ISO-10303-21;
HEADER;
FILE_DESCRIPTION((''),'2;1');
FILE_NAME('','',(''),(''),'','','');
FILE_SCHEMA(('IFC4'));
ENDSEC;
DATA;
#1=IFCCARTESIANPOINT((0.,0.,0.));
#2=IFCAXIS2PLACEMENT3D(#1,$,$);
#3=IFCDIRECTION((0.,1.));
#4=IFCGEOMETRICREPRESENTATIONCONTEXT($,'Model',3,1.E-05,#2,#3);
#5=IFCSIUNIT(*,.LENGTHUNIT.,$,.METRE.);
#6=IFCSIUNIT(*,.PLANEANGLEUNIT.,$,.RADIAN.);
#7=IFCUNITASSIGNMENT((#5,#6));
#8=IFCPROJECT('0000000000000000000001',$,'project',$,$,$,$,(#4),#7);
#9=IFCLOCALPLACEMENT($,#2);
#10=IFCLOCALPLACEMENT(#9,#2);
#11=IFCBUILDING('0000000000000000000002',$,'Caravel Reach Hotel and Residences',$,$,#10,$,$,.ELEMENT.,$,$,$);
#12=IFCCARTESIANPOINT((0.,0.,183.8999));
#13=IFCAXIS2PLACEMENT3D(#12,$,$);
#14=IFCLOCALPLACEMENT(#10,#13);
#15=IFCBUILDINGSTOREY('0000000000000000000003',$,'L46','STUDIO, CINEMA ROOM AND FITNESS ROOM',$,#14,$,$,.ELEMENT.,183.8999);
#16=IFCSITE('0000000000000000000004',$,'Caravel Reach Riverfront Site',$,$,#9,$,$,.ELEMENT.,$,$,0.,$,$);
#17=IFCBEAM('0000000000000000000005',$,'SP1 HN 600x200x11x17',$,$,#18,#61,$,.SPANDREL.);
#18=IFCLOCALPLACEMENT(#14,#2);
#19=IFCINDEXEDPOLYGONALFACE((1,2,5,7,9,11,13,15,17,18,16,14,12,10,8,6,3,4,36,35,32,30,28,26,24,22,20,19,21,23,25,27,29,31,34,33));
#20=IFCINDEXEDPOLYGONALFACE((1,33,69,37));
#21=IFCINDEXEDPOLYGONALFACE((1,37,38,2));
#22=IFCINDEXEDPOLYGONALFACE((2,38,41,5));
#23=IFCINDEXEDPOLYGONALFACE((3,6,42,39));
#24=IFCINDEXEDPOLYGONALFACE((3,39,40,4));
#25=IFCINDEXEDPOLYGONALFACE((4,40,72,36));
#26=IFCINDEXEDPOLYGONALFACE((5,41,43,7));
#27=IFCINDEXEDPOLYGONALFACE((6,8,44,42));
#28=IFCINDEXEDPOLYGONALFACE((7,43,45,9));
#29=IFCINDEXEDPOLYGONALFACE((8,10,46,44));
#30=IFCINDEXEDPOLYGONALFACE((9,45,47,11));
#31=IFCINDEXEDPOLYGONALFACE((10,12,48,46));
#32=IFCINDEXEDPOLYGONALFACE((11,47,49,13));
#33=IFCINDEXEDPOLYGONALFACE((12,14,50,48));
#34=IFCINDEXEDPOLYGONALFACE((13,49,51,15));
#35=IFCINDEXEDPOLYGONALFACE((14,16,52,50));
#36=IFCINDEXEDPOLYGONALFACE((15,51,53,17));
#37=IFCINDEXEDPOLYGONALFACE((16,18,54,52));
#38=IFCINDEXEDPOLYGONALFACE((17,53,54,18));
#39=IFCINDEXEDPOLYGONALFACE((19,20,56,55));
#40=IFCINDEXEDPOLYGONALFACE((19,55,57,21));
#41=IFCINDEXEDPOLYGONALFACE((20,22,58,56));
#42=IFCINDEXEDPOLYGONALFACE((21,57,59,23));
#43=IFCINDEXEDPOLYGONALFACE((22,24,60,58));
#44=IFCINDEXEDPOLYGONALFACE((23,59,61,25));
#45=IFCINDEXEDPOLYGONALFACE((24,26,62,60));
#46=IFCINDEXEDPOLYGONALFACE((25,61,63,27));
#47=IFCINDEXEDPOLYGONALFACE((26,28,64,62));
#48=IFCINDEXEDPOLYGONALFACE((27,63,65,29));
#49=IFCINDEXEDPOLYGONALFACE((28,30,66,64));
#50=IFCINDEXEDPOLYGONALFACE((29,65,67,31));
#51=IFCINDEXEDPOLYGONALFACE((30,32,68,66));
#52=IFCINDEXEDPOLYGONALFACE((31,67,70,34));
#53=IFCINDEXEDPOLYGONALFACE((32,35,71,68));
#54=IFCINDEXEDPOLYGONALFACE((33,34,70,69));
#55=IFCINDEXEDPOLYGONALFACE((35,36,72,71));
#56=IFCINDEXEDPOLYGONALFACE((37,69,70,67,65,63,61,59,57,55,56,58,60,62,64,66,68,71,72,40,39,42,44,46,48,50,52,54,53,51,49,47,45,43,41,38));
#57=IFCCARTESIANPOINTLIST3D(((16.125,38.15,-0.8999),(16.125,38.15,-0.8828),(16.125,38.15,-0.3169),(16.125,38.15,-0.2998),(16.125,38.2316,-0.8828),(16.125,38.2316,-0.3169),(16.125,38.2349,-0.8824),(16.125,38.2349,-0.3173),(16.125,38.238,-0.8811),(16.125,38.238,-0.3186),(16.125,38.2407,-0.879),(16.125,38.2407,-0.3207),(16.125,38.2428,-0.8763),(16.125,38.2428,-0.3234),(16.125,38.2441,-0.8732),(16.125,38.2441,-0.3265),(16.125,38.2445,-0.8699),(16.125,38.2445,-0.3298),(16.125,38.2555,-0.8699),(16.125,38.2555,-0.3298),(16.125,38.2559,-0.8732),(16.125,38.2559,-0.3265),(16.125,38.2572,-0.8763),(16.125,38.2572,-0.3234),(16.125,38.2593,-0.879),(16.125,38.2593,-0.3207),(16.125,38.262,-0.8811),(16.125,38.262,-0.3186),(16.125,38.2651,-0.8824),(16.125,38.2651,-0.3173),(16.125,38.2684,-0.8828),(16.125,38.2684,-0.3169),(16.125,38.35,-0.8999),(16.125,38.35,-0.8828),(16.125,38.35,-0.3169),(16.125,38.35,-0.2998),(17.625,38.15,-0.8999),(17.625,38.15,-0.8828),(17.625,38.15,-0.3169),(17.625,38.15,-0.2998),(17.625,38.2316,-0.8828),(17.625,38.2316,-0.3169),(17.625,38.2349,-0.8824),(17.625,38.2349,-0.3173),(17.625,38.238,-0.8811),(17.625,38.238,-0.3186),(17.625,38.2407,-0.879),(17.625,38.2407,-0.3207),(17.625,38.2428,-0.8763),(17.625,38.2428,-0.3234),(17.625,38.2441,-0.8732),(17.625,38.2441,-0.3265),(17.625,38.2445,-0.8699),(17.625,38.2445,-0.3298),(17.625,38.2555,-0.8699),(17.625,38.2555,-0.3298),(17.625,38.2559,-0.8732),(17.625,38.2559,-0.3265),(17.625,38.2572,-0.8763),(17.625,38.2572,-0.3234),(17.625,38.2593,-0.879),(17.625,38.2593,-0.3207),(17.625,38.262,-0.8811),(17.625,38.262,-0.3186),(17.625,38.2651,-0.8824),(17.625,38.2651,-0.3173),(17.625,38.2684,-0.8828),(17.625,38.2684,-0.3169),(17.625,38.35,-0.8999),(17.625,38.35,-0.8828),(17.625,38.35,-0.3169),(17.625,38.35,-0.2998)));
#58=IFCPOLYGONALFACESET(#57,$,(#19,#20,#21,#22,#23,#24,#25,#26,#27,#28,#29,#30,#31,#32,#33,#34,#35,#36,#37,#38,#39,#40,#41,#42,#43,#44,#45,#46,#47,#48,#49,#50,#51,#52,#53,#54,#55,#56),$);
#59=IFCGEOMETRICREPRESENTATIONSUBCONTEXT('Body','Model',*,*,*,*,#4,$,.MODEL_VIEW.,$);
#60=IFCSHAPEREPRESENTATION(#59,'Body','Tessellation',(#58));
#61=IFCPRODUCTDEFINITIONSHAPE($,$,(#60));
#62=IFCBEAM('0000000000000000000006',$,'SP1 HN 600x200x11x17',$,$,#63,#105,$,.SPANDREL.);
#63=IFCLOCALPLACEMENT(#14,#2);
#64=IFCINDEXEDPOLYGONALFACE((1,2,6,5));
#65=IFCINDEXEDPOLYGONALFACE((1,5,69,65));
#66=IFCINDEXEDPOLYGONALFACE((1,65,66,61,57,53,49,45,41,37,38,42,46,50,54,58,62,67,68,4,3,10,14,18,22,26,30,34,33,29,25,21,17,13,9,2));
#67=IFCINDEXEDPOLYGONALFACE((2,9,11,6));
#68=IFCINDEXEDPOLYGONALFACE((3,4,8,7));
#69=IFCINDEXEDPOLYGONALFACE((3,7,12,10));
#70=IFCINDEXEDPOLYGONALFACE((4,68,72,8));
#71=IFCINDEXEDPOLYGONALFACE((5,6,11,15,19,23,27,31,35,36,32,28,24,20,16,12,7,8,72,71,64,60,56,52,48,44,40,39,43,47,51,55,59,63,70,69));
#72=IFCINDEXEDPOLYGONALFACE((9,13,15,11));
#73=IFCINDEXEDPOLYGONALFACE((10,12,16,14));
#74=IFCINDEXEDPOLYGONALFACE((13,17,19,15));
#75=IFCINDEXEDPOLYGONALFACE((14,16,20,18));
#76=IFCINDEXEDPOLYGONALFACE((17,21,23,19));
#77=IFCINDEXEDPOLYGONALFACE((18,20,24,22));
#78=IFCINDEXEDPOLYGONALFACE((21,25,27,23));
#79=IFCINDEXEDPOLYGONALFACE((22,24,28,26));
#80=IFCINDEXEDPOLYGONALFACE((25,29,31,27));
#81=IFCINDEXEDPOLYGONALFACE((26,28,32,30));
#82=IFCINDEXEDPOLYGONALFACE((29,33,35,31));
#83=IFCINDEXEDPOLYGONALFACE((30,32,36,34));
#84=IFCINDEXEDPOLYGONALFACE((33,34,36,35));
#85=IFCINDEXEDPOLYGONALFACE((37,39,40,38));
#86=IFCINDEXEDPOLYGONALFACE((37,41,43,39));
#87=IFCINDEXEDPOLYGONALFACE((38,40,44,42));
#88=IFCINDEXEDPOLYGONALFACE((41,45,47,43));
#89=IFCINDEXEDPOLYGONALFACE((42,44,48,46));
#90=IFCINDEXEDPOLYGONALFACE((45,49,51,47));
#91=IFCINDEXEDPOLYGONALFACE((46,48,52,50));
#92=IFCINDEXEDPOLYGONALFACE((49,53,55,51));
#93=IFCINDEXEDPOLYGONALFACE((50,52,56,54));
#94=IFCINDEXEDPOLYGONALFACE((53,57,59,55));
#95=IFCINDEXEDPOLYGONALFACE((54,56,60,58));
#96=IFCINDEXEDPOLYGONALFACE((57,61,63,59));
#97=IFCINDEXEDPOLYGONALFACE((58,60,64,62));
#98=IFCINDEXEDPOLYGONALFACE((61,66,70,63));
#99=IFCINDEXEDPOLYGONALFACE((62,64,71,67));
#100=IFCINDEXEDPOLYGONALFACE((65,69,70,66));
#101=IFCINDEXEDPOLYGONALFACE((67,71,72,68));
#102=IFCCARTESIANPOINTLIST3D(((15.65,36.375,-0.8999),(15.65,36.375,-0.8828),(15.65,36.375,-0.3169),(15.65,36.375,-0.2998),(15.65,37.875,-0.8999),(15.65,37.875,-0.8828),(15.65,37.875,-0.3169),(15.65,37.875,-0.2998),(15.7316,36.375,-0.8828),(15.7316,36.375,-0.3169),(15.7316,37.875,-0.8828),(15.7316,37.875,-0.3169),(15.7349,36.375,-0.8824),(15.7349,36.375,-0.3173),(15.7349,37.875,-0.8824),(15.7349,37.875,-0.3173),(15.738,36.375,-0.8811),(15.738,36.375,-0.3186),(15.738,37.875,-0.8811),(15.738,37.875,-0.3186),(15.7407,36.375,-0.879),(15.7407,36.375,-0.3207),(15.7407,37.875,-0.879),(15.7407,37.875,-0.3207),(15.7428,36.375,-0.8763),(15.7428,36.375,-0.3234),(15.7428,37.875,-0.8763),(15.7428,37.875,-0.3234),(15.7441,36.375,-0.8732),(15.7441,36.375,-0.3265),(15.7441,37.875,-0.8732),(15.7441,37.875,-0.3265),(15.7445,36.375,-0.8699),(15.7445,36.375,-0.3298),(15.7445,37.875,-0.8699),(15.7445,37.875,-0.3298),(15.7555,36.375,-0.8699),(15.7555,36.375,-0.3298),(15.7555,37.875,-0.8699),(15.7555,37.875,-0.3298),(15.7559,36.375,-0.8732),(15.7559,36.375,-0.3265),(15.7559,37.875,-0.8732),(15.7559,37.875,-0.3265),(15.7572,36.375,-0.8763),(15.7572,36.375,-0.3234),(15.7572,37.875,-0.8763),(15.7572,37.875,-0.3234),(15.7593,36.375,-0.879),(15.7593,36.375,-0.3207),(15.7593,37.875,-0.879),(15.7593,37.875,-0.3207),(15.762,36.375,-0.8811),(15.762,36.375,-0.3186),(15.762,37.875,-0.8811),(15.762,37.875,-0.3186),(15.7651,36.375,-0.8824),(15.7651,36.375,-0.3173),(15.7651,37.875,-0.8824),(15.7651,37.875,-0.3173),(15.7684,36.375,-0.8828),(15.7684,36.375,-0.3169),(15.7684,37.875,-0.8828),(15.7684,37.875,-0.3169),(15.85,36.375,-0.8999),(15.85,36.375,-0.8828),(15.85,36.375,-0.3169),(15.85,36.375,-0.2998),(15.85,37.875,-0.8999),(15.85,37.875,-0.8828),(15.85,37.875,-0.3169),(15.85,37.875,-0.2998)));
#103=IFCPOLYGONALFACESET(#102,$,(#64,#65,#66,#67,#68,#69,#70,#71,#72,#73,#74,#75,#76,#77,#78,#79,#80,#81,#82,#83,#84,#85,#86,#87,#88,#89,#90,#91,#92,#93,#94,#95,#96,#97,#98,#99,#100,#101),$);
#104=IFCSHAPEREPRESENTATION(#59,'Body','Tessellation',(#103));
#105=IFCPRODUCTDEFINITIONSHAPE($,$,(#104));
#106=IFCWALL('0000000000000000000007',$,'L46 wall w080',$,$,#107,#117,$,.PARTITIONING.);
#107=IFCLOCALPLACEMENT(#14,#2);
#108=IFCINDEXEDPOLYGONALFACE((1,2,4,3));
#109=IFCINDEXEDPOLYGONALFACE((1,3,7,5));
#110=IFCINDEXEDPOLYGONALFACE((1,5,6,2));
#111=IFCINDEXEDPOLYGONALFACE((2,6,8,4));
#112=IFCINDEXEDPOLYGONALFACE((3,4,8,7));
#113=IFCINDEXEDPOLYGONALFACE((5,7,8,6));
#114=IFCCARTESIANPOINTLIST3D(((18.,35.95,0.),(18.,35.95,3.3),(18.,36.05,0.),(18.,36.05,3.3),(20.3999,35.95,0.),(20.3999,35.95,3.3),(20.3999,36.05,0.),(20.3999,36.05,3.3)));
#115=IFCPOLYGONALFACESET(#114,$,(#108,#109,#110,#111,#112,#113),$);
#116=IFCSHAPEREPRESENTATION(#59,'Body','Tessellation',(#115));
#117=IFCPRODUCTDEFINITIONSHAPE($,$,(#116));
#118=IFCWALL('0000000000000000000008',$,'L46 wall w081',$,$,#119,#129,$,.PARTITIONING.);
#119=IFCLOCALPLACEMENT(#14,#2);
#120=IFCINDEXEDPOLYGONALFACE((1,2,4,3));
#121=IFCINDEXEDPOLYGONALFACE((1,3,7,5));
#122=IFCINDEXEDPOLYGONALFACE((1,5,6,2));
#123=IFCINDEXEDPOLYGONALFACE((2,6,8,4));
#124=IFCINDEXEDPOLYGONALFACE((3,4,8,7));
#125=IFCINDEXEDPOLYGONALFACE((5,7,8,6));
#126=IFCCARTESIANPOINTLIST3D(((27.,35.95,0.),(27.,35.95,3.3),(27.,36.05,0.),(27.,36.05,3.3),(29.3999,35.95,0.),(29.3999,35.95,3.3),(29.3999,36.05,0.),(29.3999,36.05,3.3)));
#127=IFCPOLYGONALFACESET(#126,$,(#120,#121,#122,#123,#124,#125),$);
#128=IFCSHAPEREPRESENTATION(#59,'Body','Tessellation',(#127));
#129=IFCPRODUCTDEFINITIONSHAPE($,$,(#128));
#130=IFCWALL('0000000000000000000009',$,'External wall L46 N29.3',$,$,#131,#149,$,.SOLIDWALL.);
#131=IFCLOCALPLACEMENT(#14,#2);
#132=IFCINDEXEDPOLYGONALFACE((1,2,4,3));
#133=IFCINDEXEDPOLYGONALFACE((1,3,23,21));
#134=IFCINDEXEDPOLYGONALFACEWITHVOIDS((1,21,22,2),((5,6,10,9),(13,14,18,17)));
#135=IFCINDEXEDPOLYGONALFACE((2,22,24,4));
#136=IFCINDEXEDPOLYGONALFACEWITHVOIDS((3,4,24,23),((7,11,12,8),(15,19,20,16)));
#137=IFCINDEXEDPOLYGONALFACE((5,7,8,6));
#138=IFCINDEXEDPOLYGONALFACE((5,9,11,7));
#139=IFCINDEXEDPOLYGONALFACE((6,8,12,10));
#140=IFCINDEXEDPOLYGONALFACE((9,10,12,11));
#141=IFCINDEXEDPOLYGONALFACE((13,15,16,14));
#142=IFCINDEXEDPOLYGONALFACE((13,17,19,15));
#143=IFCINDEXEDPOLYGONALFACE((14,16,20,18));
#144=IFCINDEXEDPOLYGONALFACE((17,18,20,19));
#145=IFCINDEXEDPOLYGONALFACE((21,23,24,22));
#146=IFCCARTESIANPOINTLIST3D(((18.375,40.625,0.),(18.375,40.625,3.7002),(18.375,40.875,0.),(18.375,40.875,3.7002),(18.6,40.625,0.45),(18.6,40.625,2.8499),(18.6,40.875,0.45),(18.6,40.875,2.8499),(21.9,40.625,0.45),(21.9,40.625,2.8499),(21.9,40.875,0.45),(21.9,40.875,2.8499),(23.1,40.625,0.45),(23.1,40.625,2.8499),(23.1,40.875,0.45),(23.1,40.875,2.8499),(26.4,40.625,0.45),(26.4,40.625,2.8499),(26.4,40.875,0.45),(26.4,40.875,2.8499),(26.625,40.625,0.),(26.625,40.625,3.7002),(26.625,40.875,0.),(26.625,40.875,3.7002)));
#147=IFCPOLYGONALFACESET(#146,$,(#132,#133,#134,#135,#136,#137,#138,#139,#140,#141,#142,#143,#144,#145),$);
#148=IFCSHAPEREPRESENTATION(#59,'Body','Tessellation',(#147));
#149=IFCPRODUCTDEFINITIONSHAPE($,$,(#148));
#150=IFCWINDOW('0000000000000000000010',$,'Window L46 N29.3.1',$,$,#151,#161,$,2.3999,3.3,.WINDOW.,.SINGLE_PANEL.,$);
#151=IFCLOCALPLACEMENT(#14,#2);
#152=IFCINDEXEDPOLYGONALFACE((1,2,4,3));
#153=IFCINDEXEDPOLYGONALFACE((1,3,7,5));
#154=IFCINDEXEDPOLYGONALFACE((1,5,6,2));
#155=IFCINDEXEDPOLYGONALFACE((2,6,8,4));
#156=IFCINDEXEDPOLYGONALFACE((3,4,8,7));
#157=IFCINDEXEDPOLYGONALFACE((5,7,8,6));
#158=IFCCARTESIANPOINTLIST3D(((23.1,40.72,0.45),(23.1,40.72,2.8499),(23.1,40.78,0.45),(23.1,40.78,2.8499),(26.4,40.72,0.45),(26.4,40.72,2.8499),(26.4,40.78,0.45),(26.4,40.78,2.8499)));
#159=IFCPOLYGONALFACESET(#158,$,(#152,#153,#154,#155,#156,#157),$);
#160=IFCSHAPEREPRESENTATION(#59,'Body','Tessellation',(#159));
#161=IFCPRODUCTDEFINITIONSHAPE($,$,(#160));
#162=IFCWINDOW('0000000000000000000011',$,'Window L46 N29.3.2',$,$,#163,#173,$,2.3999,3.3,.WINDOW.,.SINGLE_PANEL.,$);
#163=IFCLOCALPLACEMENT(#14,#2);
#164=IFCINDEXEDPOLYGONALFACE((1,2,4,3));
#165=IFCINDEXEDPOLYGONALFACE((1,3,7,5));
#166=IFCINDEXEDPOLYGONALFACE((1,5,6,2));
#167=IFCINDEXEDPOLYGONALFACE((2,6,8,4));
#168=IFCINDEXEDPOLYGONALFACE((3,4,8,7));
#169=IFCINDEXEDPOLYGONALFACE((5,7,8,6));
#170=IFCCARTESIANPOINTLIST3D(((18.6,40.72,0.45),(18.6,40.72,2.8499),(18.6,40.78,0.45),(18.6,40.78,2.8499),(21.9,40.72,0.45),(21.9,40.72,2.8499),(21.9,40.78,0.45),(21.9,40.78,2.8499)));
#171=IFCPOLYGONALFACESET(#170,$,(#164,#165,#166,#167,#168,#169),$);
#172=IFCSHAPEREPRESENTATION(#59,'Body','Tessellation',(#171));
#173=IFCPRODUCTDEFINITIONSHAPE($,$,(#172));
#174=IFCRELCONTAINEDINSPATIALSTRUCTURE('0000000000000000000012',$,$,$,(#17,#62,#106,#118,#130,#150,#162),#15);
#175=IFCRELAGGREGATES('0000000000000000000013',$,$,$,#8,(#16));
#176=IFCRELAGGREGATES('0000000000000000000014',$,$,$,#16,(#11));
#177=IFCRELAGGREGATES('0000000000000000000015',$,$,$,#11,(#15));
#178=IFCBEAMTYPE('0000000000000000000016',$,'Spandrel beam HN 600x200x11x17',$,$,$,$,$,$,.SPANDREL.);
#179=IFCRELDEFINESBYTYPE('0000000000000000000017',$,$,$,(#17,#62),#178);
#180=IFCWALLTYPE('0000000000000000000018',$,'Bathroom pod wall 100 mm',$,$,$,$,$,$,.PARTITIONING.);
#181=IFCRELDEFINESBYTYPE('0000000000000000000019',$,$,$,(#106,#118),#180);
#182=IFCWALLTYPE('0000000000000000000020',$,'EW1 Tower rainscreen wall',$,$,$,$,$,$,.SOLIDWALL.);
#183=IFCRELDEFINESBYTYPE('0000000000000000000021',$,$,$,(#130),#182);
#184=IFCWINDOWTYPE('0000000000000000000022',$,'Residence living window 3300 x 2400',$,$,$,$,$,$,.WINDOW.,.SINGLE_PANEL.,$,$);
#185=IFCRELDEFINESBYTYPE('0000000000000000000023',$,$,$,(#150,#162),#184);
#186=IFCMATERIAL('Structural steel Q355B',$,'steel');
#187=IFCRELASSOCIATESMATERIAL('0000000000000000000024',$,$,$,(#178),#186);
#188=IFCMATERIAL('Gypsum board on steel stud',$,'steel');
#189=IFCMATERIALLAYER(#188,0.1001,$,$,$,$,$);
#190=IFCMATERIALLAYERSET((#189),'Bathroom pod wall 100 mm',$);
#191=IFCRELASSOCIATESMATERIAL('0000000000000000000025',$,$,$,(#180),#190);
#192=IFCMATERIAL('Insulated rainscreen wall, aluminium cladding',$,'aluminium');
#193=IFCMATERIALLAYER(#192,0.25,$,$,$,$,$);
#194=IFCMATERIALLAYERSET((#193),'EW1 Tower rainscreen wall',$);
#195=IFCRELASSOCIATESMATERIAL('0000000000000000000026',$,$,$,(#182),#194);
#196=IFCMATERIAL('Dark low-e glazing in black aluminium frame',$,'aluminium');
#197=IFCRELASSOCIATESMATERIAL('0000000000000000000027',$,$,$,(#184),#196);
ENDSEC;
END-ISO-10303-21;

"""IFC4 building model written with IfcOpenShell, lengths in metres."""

from ifc_helpers import new_model, si_unit, direction, frame, frame_2d, origin, origin_2d, place, context, subcontext, project, spatial, rectangle, i_section, extrude, material, layer, layer_set, material_profile, profile_set, type_object, element, fill, save


model = new_model("IFC4")

# Units and contexts
model_context = context("Model", 3, precision=1e-05, world=origin(), true_north=direction((0.0, 1.0)))
body_context = subcontext(model_context, "Body", "Model", "MODEL_VIEW")
ifc_project = project(units=[si_unit("LENGTHUNIT", "METRE"), si_unit("PLANEANGLEUNIT", "RADIAN")], contexts=[model_context])

# Site, building, storey
site_placement = place(None, origin())
site = spatial("IfcSite", under=ifc_project, at=site_placement, Name="Caravel Reach Riverfront Site", CompositionType="ELEMENT", RefElevation=0.0)
building_placement = place(site_placement, origin())
building = spatial("IfcBuilding", under=site, at=building_placement, Name="Caravel Reach Hotel and Residences", CompositionType="ELEMENT")
storey_placement = place(building_placement, frame((0.0, 0.0, 183.8999)))
storey = spatial("IfcBuildingStorey", under=building, at=storey_placement, Name="L46", Description="STUDIO, CINEMA ROOM AND FITNESS ROOM", CompositionType="ELEMENT", Elevation=183.8999)

# Beams
ifc_material_1 = material(Name="Structural steel Q355B", Category="steel")
ifc_material_profile_1 = material_profile(ifc_material_1, i_section(OverallWidth=0.2, OverallDepth=0.6001, WebThickness=0.011, FlangeThickness=0.0171, FilletRadius=0.0129, at=origin_2d()), Name="HN 600x200x11x17")
ifc_profile_set_1 = profile_set([ifc_material_profile_1], Name="Structural steel Q355B")
beam_type = type_object("IfcBeamType", Name="Spandrel beam HN 600x200x11x17", PredefinedType="SPANDREL", material=ifc_profile_set_1)
for number, where, z_axis, x_axis, name in (
    (1, (17.625, 38.25, -0.5999), (-1.0, 0.0, 0.0), (0.0, -1.0, 0.0), "SP1 HN 600x200x11x17"),
    (2, (15.75, 37.875, -0.5999), (0.0, -1.0, 0.0), (1.0, 0.0, 0.0), "SP1 HN 600x200x11x17"),
):
    element("IfcBeam", number, at=place(storey_placement, frame(where, z_axis=z_axis, x_axis=x_axis)), inside=storey, type_object=beam_type, Name=name, PredefinedType="SPANDREL", context=body_context, shape_type="SweptSolid", body=[
        extrude(i_section(OverallWidth=0.2, OverallDepth=0.6001, WebThickness=0.011, FlangeThickness=0.0171, FilletRadius=0.0129, at=origin_2d()), origin(), (0.0, 0.0, 1.0), 1.5),
    ])

# Walls
ifc_material_2 = material(Name="Gypsum board on steel stud", Category="steel")
ifc_layer_1 = layer(ifc_material_2, 0.1001)
ifc_layer_set_1 = layer_set([ifc_layer_1], Name="Bathroom pod wall 100 mm")
wall_type_1 = type_object("IfcWallType", Name="Bathroom pod wall 100 mm", PredefinedType="PARTITIONING", material=ifc_layer_set_1)
for number, where, z_axis, x_axis, name in (
    (3, (18.0, 36.0, 0.0), (0.0, 0.0, 1.0), (1.0, 0.0, 0.0), "L46 wall w080"),
    (4, (27.0, 36.0, 0.0), (0.0, 0.0, 1.0), (1.0, 0.0, 0.0), "L46 wall w081"),
):
    element("IfcWall", number, at=place(storey_placement, frame(where, z_axis=z_axis, x_axis=x_axis)), inside=storey, type_object=wall_type_1, Name=name, PredefinedType="PARTITIONING", context=body_context, shape_type="SweptSolid", body=[
        extrude(rectangle(XDim=2.3999, YDim=0.1001, at=frame_2d((1.2, 0.0))), origin(), (0.0, 0.0, 1.0), 3.3),
    ])

# Wall, openings, windows
ifc_material_3 = material(Name="Insulated rainscreen wall, aluminium cladding", Category="aluminium")
ifc_layer_2 = layer(ifc_material_3, 0.25)
ifc_layer_set_2 = layer_set([ifc_layer_2], Name="EW1 Tower rainscreen wall")
wall_type_2 = type_object("IfcWallType", Name="EW1 Tower rainscreen wall", PredefinedType="SOLIDWALL", material=ifc_layer_set_2)
wall_1_placement = place(storey_placement, frame((26.625, 40.75, 0.0), z_axis=(0.0, 0.0, 1.0), x_axis=(-1.0, 0.0, 0.0)))
wall_1 = element("IfcWall", 5, at=wall_1_placement, inside=storey, type_object=wall_type_2, Name="External wall L46 N29.3", PredefinedType="SOLIDWALL", context=body_context, shape_type="SweptSolid", body=[
    extrude(rectangle(XDim=8.25, YDim=0.25, at=frame_2d((4.125, 0.0))), origin(), (0.0, 0.0, 1.0), 3.7002),
])
opening_1_placement = place(wall_1_placement, frame((0.2251, 0.0, 0.45)))
opening_1 = element("IfcOpeningElement", 6, at=opening_1_placement, cuts=wall_1, PredefinedType="OPENING", context=body_context, shape_type="SweptSolid", body=[
    extrude(rectangle(XDim=3.3, YDim=2.3999, at=frame_2d((1.6499, 1.2))), frame((0.0, 0.135, 0.0), z_axis=(0.0, -1.0, 0.0), x_axis=(1.0, 0.0, 0.0)), (0.0, 0.0, 1.0), 0.27),
])
opening_2_placement = place(wall_1_placement, frame((4.7251, 0.0, 0.45)))
opening_2 = element("IfcOpeningElement", 7, at=opening_2_placement, cuts=wall_1, PredefinedType="OPENING", context=body_context, shape_type="SweptSolid", body=[
    extrude(rectangle(XDim=3.3, YDim=2.3999, at=frame_2d((1.6499, 1.2))), frame((0.0, 0.135, 0.0), z_axis=(0.0, -1.0, 0.0), x_axis=(1.0, 0.0, 0.0)), (0.0, 0.0, 1.0), 0.27),
])
ifc_material_4 = material(Name="Dark low-e glazing in black aluminium frame", Category="aluminium")
window_type_1 = type_object("IfcWindowType", Name="Residence living window 3300 x 2400", PartitioningType="SINGLE_PANEL", PredefinedType="WINDOW", material=ifc_material_4)
window_1_placement = place(opening_1_placement, origin())
window_1 = element("IfcWindow", 8, at=window_1_placement, inside=storey, type_object=window_type_1, Name="Window L46 N29.3.1", OverallHeight=2.3999, OverallWidth=3.3, PartitioningType="SINGLE_PANEL", PredefinedType="WINDOW", context=body_context, shape_type="SweptSolid", body=[
    extrude(rectangle(XDim=3.3, YDim=2.3999, at=frame_2d((1.6499, 1.2))), frame((0.0, 0.03, 0.0), z_axis=(0.0, -1.0, 0.0), x_axis=(1.0, 0.0, 0.0)), (0.0, 0.0, 1.0), 0.0601),
])
fill(opening_1, window_1)
window_2_placement = place(opening_2_placement, origin())
window_2 = element("IfcWindow", 9, at=window_2_placement, inside=storey, type_object=window_type_1, Name="Window L46 N29.3.2", OverallHeight=2.3999, OverallWidth=3.3, PartitioningType="SINGLE_PANEL", PredefinedType="WINDOW", context=body_context, shape_type="SweptSolid", body=[
    extrude(rectangle(XDim=3.3, YDim=2.3999, at=frame_2d((1.6499, 1.2))), frame((0.0, 0.03, 0.0), z_axis=(0.0, -1.0, 0.0), x_axis=(1.0, 0.0, 0.0)), (0.0, 0.0, 1.0), 0.0601),
])
fill(opening_2, window_2)

save(model, "model.ifc")
